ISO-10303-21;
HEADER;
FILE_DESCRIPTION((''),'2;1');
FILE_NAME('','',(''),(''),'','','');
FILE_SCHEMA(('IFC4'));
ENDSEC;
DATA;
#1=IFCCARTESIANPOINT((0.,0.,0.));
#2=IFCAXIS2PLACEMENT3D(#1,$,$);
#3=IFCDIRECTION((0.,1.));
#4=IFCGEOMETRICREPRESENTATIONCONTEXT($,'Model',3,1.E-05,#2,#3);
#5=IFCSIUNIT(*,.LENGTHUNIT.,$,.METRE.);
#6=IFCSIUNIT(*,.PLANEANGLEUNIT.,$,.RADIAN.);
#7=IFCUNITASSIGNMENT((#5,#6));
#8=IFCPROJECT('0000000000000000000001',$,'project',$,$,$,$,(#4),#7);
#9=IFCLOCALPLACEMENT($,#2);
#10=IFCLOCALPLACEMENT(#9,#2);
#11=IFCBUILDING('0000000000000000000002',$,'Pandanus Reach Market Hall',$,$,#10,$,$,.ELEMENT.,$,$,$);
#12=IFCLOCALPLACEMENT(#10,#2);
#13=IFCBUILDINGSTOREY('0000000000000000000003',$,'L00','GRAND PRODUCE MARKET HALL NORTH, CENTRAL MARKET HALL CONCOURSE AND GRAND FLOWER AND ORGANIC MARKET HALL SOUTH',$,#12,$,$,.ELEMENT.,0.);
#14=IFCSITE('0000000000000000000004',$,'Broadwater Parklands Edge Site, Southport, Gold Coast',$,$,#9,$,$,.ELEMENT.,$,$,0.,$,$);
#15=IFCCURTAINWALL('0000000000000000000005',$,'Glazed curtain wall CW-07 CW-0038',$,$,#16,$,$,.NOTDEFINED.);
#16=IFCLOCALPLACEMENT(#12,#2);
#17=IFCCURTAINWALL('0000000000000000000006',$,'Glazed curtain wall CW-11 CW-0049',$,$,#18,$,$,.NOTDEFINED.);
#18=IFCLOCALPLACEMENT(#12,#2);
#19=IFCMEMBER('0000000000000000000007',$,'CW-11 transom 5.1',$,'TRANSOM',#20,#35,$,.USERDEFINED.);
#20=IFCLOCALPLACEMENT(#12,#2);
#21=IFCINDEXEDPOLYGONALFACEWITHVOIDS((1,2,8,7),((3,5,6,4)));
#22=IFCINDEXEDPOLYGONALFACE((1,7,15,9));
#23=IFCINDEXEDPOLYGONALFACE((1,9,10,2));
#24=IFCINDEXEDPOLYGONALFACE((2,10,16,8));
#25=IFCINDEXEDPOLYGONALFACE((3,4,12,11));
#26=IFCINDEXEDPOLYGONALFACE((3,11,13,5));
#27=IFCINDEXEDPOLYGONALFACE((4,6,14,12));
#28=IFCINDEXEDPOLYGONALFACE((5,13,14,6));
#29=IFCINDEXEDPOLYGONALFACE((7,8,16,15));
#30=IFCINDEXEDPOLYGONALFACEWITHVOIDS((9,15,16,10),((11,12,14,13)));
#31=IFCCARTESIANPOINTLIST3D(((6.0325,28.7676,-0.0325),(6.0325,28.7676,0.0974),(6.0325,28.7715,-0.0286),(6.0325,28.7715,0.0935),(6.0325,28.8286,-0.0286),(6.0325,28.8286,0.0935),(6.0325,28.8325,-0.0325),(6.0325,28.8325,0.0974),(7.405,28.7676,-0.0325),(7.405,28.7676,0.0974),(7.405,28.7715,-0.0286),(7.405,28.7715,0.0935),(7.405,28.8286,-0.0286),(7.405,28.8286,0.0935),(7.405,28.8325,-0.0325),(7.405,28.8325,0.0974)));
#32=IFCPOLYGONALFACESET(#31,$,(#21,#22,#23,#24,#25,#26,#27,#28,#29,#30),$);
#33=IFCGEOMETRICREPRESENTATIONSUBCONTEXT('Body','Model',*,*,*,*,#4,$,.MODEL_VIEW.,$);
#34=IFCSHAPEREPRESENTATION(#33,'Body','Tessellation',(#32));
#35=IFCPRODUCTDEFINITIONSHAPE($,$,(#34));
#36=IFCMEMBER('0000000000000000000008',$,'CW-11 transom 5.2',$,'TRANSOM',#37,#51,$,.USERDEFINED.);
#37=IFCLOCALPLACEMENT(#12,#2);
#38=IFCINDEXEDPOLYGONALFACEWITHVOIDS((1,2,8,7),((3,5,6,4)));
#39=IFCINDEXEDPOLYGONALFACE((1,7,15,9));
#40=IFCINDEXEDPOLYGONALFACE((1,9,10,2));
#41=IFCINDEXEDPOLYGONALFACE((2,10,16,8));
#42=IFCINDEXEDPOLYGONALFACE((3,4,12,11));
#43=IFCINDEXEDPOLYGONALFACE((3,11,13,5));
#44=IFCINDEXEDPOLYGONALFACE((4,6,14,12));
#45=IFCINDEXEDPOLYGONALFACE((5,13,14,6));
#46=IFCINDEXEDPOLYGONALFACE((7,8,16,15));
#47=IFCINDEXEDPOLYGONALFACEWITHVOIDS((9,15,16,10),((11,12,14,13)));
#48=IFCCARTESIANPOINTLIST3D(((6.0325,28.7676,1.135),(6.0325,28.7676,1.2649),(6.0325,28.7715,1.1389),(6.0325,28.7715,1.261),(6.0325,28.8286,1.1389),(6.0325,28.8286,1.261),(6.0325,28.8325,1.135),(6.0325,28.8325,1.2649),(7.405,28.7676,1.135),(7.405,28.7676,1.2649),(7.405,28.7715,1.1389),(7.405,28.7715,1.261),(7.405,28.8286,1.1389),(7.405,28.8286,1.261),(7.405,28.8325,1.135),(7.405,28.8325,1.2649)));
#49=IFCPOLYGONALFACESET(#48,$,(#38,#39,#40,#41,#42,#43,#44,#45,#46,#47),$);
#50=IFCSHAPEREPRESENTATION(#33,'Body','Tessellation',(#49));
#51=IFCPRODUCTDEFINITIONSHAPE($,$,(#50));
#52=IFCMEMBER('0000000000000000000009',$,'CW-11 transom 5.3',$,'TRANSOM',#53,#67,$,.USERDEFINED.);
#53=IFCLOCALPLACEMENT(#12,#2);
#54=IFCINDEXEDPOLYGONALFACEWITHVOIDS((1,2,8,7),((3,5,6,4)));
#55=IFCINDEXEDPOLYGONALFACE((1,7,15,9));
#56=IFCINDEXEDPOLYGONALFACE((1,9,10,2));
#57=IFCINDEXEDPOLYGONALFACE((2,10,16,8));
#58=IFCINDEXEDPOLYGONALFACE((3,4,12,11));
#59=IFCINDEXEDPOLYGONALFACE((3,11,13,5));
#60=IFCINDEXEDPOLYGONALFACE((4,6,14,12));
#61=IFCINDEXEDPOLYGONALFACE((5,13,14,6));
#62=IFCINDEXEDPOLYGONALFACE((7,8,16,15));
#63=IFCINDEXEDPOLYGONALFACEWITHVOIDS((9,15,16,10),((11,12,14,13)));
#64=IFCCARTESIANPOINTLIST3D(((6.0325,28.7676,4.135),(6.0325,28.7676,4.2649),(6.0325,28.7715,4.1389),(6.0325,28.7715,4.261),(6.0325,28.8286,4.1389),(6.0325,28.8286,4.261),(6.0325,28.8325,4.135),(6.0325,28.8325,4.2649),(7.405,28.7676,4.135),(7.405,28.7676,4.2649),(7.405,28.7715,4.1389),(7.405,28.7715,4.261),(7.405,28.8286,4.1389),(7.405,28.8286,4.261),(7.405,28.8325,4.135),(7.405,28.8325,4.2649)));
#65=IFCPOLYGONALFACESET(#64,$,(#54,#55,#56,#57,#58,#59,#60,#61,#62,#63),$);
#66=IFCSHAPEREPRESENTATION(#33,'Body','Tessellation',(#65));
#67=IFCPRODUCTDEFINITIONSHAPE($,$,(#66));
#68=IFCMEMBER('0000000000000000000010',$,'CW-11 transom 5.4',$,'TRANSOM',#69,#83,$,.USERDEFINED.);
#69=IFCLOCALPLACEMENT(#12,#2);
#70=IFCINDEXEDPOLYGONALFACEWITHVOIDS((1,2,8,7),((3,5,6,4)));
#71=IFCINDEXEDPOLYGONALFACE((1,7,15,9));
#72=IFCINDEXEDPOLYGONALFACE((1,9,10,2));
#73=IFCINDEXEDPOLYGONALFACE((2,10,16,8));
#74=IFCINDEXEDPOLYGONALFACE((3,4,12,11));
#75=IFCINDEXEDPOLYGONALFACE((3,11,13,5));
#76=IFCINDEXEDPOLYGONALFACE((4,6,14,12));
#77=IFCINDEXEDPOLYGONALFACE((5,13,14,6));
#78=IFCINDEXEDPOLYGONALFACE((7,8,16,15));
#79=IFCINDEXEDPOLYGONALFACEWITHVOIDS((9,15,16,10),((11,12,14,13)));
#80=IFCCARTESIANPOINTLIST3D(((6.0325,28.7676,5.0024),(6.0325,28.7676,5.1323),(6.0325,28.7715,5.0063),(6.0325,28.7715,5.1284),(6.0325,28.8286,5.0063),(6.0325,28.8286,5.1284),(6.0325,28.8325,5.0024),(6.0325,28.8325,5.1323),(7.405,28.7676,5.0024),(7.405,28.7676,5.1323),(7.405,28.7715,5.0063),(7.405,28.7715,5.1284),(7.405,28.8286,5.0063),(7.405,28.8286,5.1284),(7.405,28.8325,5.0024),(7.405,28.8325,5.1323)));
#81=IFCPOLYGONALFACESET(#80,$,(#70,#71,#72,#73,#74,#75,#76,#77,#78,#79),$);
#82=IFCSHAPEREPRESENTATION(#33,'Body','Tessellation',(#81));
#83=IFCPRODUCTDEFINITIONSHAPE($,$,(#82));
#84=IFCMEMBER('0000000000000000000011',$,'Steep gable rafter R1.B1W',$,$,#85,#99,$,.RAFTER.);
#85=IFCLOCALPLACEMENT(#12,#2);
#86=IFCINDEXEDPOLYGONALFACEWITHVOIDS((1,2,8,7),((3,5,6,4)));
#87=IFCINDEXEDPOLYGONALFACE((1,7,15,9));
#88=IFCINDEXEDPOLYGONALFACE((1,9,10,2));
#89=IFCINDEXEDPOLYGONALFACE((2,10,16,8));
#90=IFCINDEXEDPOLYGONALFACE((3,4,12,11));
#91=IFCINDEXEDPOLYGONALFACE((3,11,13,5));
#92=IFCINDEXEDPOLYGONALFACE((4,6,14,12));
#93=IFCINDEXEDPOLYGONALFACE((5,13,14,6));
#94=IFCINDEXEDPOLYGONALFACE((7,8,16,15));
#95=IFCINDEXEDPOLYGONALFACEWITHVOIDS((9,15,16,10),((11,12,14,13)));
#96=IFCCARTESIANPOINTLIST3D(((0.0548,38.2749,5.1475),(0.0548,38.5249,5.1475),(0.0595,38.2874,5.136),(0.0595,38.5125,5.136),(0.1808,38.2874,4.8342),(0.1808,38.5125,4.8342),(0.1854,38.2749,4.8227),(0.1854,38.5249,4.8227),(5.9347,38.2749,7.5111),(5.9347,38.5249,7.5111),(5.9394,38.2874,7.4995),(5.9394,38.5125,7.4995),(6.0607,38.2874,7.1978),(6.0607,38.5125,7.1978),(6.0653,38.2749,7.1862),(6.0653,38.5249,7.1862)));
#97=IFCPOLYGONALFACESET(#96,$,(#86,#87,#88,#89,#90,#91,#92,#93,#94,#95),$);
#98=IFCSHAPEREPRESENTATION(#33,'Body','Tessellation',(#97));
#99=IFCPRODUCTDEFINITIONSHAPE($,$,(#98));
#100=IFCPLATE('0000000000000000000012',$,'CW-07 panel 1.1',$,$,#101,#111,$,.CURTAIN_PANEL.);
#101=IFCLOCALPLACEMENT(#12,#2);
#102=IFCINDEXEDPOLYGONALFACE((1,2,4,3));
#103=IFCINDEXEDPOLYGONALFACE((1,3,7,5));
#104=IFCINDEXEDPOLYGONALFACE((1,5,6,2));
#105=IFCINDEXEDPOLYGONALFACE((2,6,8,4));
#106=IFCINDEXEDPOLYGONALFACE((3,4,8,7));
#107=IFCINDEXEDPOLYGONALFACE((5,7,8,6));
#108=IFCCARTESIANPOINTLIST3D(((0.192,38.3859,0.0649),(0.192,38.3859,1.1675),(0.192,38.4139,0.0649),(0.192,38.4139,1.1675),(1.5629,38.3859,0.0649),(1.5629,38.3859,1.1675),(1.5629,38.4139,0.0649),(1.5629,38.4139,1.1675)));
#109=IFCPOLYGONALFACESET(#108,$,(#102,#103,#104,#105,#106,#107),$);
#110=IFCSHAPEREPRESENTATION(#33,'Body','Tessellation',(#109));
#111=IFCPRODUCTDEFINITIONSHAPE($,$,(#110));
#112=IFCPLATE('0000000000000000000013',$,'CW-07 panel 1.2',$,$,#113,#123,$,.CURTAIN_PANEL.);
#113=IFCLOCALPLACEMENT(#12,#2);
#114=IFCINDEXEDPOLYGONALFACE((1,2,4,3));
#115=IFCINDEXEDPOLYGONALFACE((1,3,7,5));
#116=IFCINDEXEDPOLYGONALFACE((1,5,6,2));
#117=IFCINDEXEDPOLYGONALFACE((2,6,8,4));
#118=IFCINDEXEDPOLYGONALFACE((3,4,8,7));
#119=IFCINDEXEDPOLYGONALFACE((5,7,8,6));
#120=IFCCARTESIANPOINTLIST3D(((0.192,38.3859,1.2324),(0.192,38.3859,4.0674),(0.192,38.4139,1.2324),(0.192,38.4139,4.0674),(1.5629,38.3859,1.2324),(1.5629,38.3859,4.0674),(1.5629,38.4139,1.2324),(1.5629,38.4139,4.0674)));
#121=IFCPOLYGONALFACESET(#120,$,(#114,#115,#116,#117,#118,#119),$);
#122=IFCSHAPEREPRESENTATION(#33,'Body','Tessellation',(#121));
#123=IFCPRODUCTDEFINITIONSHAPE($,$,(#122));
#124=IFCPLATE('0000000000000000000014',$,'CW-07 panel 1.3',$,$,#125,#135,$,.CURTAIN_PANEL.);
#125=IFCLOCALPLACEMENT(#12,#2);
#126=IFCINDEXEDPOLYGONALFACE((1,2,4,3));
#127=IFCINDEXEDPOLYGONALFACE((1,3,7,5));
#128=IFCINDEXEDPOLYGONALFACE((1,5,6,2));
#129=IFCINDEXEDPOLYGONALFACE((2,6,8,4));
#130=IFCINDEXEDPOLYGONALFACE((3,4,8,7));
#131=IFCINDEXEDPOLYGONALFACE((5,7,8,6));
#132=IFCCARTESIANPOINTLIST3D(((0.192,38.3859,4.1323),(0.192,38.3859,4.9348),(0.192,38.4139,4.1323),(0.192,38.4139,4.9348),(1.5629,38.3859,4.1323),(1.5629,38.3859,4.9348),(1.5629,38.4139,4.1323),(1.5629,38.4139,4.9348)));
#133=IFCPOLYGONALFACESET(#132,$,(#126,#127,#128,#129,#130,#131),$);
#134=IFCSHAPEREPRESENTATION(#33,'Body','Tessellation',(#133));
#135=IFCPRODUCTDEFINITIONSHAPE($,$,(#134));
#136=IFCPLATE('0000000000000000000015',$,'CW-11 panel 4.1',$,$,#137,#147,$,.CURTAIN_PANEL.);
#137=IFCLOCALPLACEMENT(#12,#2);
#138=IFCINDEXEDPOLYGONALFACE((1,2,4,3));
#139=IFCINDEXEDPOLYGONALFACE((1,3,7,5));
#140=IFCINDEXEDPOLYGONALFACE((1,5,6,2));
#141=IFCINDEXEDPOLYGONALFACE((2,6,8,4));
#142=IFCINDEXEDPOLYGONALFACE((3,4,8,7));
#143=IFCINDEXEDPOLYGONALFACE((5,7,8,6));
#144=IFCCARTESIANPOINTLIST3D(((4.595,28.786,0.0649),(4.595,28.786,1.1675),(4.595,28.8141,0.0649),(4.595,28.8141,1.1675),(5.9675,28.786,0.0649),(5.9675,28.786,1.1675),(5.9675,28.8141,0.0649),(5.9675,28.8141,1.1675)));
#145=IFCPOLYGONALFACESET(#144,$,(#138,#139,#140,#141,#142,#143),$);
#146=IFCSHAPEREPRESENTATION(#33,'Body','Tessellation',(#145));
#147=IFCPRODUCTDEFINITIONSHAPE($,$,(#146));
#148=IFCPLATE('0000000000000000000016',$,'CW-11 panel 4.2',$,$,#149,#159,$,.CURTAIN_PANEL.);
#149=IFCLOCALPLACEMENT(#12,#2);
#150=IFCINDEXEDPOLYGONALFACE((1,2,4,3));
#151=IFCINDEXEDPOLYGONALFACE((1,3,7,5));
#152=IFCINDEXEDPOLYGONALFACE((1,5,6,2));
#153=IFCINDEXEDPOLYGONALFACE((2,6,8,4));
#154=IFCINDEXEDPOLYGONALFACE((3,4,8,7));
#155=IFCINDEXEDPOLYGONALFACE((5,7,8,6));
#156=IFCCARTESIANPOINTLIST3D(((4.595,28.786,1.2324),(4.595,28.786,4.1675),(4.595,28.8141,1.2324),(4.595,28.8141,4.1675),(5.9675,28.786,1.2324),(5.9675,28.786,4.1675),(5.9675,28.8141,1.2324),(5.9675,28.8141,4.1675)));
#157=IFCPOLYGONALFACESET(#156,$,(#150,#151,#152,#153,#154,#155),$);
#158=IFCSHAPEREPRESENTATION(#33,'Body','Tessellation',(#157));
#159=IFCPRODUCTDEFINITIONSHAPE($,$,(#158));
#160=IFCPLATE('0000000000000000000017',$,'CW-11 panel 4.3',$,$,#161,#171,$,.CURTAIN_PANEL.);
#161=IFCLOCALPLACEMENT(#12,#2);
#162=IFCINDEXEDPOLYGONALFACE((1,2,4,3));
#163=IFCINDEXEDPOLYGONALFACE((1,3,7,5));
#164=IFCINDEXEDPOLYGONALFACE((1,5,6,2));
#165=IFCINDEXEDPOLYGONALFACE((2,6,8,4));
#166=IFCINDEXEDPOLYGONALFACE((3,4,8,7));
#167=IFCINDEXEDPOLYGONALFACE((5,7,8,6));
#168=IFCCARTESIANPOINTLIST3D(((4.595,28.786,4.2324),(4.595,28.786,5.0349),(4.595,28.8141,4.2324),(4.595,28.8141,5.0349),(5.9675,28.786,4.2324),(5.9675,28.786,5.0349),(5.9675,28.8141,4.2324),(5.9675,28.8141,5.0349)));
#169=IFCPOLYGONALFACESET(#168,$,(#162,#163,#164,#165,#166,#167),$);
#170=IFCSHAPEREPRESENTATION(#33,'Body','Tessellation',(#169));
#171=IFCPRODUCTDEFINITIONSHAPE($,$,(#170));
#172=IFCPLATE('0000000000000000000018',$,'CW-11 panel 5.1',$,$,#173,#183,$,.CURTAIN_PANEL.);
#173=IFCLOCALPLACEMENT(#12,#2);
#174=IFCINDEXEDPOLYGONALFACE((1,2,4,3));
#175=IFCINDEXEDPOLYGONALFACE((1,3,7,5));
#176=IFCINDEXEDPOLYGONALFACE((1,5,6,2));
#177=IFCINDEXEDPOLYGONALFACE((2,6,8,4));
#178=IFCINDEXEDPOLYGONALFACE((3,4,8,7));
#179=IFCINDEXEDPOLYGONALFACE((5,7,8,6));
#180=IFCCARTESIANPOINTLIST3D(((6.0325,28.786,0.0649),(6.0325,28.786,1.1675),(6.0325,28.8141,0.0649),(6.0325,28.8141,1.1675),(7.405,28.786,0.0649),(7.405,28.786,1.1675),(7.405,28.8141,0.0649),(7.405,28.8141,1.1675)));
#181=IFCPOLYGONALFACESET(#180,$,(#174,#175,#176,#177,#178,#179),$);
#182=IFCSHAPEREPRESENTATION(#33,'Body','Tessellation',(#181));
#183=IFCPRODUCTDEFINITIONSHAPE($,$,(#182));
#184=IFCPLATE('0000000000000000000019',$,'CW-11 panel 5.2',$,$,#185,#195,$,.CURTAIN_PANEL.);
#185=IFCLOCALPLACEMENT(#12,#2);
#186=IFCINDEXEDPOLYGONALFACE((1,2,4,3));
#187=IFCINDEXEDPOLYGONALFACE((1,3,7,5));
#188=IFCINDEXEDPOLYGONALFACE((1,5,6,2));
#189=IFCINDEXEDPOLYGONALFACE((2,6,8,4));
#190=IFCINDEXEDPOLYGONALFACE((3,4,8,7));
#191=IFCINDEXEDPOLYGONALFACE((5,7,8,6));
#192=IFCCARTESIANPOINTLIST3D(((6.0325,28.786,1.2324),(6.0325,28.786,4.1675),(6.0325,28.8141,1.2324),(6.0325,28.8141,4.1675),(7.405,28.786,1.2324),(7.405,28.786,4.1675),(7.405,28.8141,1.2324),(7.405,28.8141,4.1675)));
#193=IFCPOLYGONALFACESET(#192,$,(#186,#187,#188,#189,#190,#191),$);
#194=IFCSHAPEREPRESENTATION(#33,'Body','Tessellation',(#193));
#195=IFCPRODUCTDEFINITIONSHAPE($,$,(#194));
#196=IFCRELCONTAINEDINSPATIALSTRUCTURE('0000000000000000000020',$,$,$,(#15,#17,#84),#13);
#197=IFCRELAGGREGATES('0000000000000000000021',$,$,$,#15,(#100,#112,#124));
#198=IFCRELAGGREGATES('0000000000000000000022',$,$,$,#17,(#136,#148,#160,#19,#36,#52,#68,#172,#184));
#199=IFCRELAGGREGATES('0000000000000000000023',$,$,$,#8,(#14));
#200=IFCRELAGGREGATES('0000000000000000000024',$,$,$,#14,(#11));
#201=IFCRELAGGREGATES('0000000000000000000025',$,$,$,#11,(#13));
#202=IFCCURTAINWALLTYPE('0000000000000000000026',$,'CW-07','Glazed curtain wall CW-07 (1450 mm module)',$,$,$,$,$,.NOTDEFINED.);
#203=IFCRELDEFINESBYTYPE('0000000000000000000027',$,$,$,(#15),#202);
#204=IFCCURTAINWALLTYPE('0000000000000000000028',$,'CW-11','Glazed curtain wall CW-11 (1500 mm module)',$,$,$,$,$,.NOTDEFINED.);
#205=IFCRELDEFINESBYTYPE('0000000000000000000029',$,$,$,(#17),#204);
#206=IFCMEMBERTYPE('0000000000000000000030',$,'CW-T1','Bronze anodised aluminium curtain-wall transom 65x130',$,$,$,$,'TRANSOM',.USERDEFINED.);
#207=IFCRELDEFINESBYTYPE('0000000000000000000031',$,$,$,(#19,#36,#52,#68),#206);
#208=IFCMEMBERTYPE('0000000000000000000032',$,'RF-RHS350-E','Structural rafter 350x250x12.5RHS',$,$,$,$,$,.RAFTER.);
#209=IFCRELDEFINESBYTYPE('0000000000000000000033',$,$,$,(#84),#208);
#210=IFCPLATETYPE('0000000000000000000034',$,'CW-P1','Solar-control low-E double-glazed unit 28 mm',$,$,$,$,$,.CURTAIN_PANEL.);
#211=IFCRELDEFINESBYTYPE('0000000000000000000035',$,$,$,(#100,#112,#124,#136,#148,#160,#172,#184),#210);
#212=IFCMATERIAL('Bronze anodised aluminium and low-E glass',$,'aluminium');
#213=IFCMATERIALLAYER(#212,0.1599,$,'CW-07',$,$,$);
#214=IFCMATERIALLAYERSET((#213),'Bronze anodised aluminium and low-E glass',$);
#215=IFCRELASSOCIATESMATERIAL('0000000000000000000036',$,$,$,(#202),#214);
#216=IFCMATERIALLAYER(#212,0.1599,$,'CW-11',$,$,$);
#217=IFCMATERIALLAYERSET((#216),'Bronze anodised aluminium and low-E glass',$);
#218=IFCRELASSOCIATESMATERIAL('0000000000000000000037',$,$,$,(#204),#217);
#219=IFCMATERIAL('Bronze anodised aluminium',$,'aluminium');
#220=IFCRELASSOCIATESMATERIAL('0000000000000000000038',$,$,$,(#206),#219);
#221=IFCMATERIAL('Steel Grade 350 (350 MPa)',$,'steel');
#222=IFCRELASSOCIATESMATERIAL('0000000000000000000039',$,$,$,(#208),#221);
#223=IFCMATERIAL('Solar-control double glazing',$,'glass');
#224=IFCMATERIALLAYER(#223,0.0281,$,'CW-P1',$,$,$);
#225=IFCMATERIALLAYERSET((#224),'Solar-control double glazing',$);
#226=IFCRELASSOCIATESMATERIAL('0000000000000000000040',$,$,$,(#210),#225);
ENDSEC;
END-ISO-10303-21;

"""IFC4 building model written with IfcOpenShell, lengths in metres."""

from ifc_helpers import new_model, si_unit, direction, frame, origin, origin_2d, place, context, subcontext, project, spatial, rectangle, hollow_rectangle, extrude, material, layer, layer_set, material_profile, profile_set, type_object, element, aggregate, save


model = new_model("IFC4")

# Units and contexts
model_context = context("Model", 3, precision=1e-05, world=origin(), true_north=direction((0.0, 1.0)))
body_context = subcontext(model_context, "Body", "Model", "MODEL_VIEW")
ifc_project = project(units=[si_unit("LENGTHUNIT", "METRE"), si_unit("PLANEANGLEUNIT", "RADIAN")], contexts=[model_context])

# Site, building, storey
site_placement = place(None, origin())
site = spatial("IfcSite", under=ifc_project, at=site_placement, Name="Broadwater Parklands Edge Site, Southport, Gold Coast", CompositionType="ELEMENT", RefElevation=0.0)
building_placement = place(site_placement, origin())
building = spatial("IfcBuilding", under=site, at=building_placement, Name="Pandanus Reach Market Hall", CompositionType="ELEMENT")
storey_placement = place(building_placement, origin())
storey = spatial("IfcBuildingStorey", under=building, at=storey_placement, Name="L00", Description="GRAND PRODUCE MARKET HALL NORTH, CENTRAL MARKET HALL CONCOURSE AND GRAND FLOWER AND ORGANIC MARKET HALL SOUTH", CompositionType="ELEMENT", Elevation=0.0)

# Shared definitions
ifc_material_1 = material(Name="Steel Grade 350 (350 MPa)", Category="steel")

# Curtain wall
ifc_material_2 = material(Name="Bronze anodised aluminium and low-E glass", Category="aluminium")
ifc_layer_1 = layer(ifc_material_2, 0.1599, Name="CW-07")
ifc_layer_set_1 = layer_set([ifc_layer_1], Name="Bronze anodised aluminium and low-E glass")
curtain_wall_type_1 = type_object("IfcCurtainWallType", Name="CW-07", Description="Glazed curtain wall CW-07 (1450 mm module)", PredefinedType="NOTDEFINED", material=ifc_layer_set_1)
curtain_wall_1_placement = place(storey_placement, origin())
curtain_wall_1 = element("IfcCurtainWall", 1, at=curtain_wall_1_placement, inside=storey, type_object=curtain_wall_type_1, Name="Glazed curtain wall CW-07 CW-0038", PredefinedType="NOTDEFINED")
ifc_material_3 = material(Name="Bronze anodised aluminium", Category="aluminium")

# Curtain wall
ifc_layer_2 = layer(ifc_material_2, 0.1599, Name="CW-11")
ifc_layer_set_2 = layer_set([ifc_layer_2], Name="Bronze anodised aluminium and low-E glass")
curtain_wall_type_2 = type_object("IfcCurtainWallType", Name="CW-11", Description="Glazed curtain wall CW-11 (1500 mm module)", PredefinedType="NOTDEFINED", material=ifc_layer_set_2)
curtain_wall_2_placement = place(storey_placement, origin())
curtain_wall_2 = element("IfcCurtainWall", 2, at=curtain_wall_2_placement, inside=storey, type_object=curtain_wall_type_2, Name="Glazed curtain wall CW-11 CW-0049", PredefinedType="NOTDEFINED")

# Members
ifc_material_profile_1 = material_profile(ifc_material_3, hollow_rectangle(XDim=0.0649, YDim=0.1299, WallThickness=0.0039, at=origin_2d()), Name="ALU65x130", Category="LoadBearing")
ifc_profile_set_1 = profile_set([ifc_material_profile_1], Name="Bronze anodised aluminium")
member_type_1 = type_object("IfcMemberType", Name="CW-T1", Description="Bronze anodised aluminium curtain-wall transom 65x130", ElementType="TRANSOM", PredefinedType="USERDEFINED", material=ifc_profile_set_1)
member_1_placement = place(storey_placement, frame((6.0325, 28.8, 0.0325), z_axis=(1.0, 0.0, 0.0), x_axis=(0.0, 1.0, 0.0)))
member_1 = element("IfcMember", 3, at=member_1_placement, type_object=member_type_1, Name="CW-11 transom 5.1", ObjectType="TRANSOM", PredefinedType="USERDEFINED", context=body_context, shape_type="SweptSolid", body=[
    extrude(hollow_rectangle(XDim=0.0649, YDim=0.1299, WallThickness=0.0039, at=origin_2d()), origin(), (0.0, 0.0, 1.0), 1.3726),
])
member_2_placement = place(storey_placement, frame((6.0325, 28.8, 1.2), z_axis=(1.0, 0.0, 0.0), x_axis=(0.0, 1.0, 0.0)))
member_2 = element("IfcMember", 4, at=member_2_placement, type_object=member_type_1, Name="CW-11 transom 5.2", ObjectType="TRANSOM", PredefinedType="USERDEFINED", context=body_context, shape_type="SweptSolid", body=[
    extrude(hollow_rectangle(XDim=0.0649, YDim=0.1299, WallThickness=0.0039, at=origin_2d()), origin(), (0.0, 0.0, 1.0), 1.3726),
])
member_3_placement = place(storey_placement, frame((6.0325, 28.8, 4.2), z_axis=(1.0, 0.0, 0.0), x_axis=(0.0, 1.0, 0.0)))
member_3 = element("IfcMember", 5, at=member_3_placement, type_object=member_type_1, Name="CW-11 transom 5.3", ObjectType="TRANSOM", PredefinedType="USERDEFINED", context=body_context, shape_type="SweptSolid", body=[
    extrude(hollow_rectangle(XDim=0.0649, YDim=0.1299, WallThickness=0.0039, at=origin_2d()), origin(), (0.0, 0.0, 1.0), 1.3726),
])
member_4_placement = place(storey_placement, frame((6.0325, 28.8, 5.0674), z_axis=(1.0, 0.0, 0.0), x_axis=(0.0, 1.0, 0.0)))
member_4 = element("IfcMember", 6, at=member_4_placement, type_object=member_type_1, Name="CW-11 transom 5.4", ObjectType="TRANSOM", PredefinedType="USERDEFINED", context=body_context, shape_type="SweptSolid", body=[
    extrude(hollow_rectangle(XDim=0.0649, YDim=0.1299, WallThickness=0.0039, at=origin_2d()), origin(), (0.0, 0.0, 1.0), 1.3726),
])
ifc_material_profile_2 = material_profile(ifc_material_1, hollow_rectangle(XDim=0.25, YDim=0.3501, WallThickness=0.0125, at=origin_2d()), Name="350x250x12.5RHS", Category="LoadBearing")
ifc_profile_set_2 = profile_set([ifc_material_profile_2], Name="Steel Grade 350 (350 MPa)")
member_type_2 = type_object("IfcMemberType", Name="RF-RHS350-E", Description="Structural rafter 350x250x12.5RHS", PredefinedType="RAFTER", material=ifc_profile_set_2)
member_5_placement = place(storey_placement, frame((0.1201, 38.3999, 4.9851), z_axis=(0.927846, 0.0, 0.372964), x_axis=(0.0, 1.0, 0.0)))
element("IfcMember", 7, at=member_5_placement, inside=storey, type_object=member_type_2, Name="Steep gable rafter R1.B1W", PredefinedType="RAFTER", context=body_context, shape_type="SweptSolid", body=[
    extrude(hollow_rectangle(XDim=0.25, YDim=0.3501, WallThickness=0.0125, at=origin_2d()), origin(), (0.0, 0.0, 1.0), 6.3372),
])

# Plates
ifc_material_4 = material(Name="Solar-control double glazing", Category="glass")
ifc_layer_3 = layer(ifc_material_4, 0.0281, Name="CW-P1")
ifc_layer_set_3 = layer_set([ifc_layer_3], Name="Solar-control double glazing")
plate_type = type_object("IfcPlateType", Name="CW-P1", Description="Solar-control low-E double-glazed unit 28 mm", PredefinedType="CURTAIN_PANEL", material=ifc_layer_set_3)
plate_1_placement = place(storey_placement, frame((0.8774, 38.3999, 0.0649), z_axis=(0.0, 0.0, 1.0), x_axis=(1.0, 0.0, 0.0)))
plate_1 = element("IfcPlate", 8, at=plate_1_placement, type_object=plate_type, Name="CW-07 panel 1.1", PredefinedType="CURTAIN_PANEL", context=body_context, shape_type="SweptSolid", body=[
    extrude(rectangle(XDim=1.3708, YDim=0.0281, at=origin_2d()), origin(), (0.0, 0.0, 1.0), 1.1025),
])
plate_2_placement = place(storey_placement, frame((0.8774, 38.3999, 1.2324), z_axis=(0.0, 0.0, 1.0), x_axis=(1.0, 0.0, 0.0)))
plate_2 = element("IfcPlate", 9, at=plate_2_placement, type_object=plate_type, Name="CW-07 panel 1.2", PredefinedType="CURTAIN_PANEL", context=body_context, shape_type="SweptSolid", body=[
    extrude(rectangle(XDim=1.3708, YDim=0.0281, at=origin_2d()), origin(), (0.0, 0.0, 1.0), 2.835),
])
plate_3_placement = place(storey_placement, frame((0.8774, 38.3999, 4.1323), z_axis=(0.0, 0.0, 1.0), x_axis=(1.0, 0.0, 0.0)))
plate_3 = element("IfcPlate", 10, at=plate_3_placement, type_object=plate_type, Name="CW-07 panel 1.3", PredefinedType="CURTAIN_PANEL", context=body_context, shape_type="SweptSolid", body=[
    extrude(rectangle(XDim=1.3708, YDim=0.0281, at=origin_2d()), origin(), (0.0, 0.0, 1.0), 0.8025),
])
aggregate(curtain_wall_1, [plate_1, plate_2, plate_3])
plate_4_placement = place(storey_placement, frame((5.2812, 28.8, 0.0649), z_axis=(0.0, 0.0, 1.0), x_axis=(1.0, 0.0, 0.0)))
plate_4 = element("IfcPlate", 11, at=plate_4_placement, type_object=plate_type, Name="CW-11 panel 4.1", PredefinedType="CURTAIN_PANEL", context=body_context, shape_type="SweptSolid", body=[
    extrude(rectangle(XDim=1.3726, YDim=0.0281, at=origin_2d()), origin(), (0.0, 0.0, 1.0), 1.1025),
])
plate_5_placement = place(storey_placement, frame((5.2812, 28.8, 1.2324), z_axis=(0.0, 0.0, 1.0), x_axis=(1.0, 0.0, 0.0)))
plate_5 = element("IfcPlate", 12, at=plate_5_placement, type_object=plate_type, Name="CW-11 panel 4.2", PredefinedType="CURTAIN_PANEL", context=body_context, shape_type="SweptSolid", body=[
    extrude(rectangle(XDim=1.3726, YDim=0.0281, at=origin_2d()), origin(), (0.0, 0.0, 1.0), 2.9351),
])
plate_6_placement = place(storey_placement, frame((5.2812, 28.8, 4.2324), z_axis=(0.0, 0.0, 1.0), x_axis=(1.0, 0.0, 0.0)))
plate_6 = element("IfcPlate", 13, at=plate_6_placement, type_object=plate_type, Name="CW-11 panel 4.3", PredefinedType="CURTAIN_PANEL", context=body_context, shape_type="SweptSolid", body=[
    extrude(rectangle(XDim=1.3726, YDim=0.0281, at=origin_2d()), origin(), (0.0, 0.0, 1.0), 0.8025),
])
plate_7_placement = place(storey_placement, frame((6.7188, 28.8, 0.0649), z_axis=(0.0, 0.0, 1.0), x_axis=(1.0, 0.0, 0.0)))
plate_7 = element("IfcPlate", 14, at=plate_7_placement, type_object=plate_type, Name="CW-11 panel 5.1", PredefinedType="CURTAIN_PANEL", context=body_context, shape_type="SweptSolid", body=[
    extrude(rectangle(XDim=1.3726, YDim=0.0281, at=origin_2d()), origin(), (0.0, 0.0, 1.0), 1.1025),
])
plate_8_placement = place(storey_placement, frame((6.7188, 28.8, 1.2324), z_axis=(0.0, 0.0, 1.0), x_axis=(1.0, 0.0, 0.0)))
plate_8 = element("IfcPlate", 15, at=plate_8_placement, type_object=plate_type, Name="CW-11 panel 5.2", PredefinedType="CURTAIN_PANEL", context=body_context, shape_type="SweptSolid", body=[
    extrude(rectangle(XDim=1.3726, YDim=0.0281, at=origin_2d()), origin(), (0.0, 0.0, 1.0), 2.9351),
])
aggregate(curtain_wall_2, [plate_4, plate_5, plate_6, member_1, member_2, member_3, member_4, plate_7, plate_8])

save(model, "model.ifc")
